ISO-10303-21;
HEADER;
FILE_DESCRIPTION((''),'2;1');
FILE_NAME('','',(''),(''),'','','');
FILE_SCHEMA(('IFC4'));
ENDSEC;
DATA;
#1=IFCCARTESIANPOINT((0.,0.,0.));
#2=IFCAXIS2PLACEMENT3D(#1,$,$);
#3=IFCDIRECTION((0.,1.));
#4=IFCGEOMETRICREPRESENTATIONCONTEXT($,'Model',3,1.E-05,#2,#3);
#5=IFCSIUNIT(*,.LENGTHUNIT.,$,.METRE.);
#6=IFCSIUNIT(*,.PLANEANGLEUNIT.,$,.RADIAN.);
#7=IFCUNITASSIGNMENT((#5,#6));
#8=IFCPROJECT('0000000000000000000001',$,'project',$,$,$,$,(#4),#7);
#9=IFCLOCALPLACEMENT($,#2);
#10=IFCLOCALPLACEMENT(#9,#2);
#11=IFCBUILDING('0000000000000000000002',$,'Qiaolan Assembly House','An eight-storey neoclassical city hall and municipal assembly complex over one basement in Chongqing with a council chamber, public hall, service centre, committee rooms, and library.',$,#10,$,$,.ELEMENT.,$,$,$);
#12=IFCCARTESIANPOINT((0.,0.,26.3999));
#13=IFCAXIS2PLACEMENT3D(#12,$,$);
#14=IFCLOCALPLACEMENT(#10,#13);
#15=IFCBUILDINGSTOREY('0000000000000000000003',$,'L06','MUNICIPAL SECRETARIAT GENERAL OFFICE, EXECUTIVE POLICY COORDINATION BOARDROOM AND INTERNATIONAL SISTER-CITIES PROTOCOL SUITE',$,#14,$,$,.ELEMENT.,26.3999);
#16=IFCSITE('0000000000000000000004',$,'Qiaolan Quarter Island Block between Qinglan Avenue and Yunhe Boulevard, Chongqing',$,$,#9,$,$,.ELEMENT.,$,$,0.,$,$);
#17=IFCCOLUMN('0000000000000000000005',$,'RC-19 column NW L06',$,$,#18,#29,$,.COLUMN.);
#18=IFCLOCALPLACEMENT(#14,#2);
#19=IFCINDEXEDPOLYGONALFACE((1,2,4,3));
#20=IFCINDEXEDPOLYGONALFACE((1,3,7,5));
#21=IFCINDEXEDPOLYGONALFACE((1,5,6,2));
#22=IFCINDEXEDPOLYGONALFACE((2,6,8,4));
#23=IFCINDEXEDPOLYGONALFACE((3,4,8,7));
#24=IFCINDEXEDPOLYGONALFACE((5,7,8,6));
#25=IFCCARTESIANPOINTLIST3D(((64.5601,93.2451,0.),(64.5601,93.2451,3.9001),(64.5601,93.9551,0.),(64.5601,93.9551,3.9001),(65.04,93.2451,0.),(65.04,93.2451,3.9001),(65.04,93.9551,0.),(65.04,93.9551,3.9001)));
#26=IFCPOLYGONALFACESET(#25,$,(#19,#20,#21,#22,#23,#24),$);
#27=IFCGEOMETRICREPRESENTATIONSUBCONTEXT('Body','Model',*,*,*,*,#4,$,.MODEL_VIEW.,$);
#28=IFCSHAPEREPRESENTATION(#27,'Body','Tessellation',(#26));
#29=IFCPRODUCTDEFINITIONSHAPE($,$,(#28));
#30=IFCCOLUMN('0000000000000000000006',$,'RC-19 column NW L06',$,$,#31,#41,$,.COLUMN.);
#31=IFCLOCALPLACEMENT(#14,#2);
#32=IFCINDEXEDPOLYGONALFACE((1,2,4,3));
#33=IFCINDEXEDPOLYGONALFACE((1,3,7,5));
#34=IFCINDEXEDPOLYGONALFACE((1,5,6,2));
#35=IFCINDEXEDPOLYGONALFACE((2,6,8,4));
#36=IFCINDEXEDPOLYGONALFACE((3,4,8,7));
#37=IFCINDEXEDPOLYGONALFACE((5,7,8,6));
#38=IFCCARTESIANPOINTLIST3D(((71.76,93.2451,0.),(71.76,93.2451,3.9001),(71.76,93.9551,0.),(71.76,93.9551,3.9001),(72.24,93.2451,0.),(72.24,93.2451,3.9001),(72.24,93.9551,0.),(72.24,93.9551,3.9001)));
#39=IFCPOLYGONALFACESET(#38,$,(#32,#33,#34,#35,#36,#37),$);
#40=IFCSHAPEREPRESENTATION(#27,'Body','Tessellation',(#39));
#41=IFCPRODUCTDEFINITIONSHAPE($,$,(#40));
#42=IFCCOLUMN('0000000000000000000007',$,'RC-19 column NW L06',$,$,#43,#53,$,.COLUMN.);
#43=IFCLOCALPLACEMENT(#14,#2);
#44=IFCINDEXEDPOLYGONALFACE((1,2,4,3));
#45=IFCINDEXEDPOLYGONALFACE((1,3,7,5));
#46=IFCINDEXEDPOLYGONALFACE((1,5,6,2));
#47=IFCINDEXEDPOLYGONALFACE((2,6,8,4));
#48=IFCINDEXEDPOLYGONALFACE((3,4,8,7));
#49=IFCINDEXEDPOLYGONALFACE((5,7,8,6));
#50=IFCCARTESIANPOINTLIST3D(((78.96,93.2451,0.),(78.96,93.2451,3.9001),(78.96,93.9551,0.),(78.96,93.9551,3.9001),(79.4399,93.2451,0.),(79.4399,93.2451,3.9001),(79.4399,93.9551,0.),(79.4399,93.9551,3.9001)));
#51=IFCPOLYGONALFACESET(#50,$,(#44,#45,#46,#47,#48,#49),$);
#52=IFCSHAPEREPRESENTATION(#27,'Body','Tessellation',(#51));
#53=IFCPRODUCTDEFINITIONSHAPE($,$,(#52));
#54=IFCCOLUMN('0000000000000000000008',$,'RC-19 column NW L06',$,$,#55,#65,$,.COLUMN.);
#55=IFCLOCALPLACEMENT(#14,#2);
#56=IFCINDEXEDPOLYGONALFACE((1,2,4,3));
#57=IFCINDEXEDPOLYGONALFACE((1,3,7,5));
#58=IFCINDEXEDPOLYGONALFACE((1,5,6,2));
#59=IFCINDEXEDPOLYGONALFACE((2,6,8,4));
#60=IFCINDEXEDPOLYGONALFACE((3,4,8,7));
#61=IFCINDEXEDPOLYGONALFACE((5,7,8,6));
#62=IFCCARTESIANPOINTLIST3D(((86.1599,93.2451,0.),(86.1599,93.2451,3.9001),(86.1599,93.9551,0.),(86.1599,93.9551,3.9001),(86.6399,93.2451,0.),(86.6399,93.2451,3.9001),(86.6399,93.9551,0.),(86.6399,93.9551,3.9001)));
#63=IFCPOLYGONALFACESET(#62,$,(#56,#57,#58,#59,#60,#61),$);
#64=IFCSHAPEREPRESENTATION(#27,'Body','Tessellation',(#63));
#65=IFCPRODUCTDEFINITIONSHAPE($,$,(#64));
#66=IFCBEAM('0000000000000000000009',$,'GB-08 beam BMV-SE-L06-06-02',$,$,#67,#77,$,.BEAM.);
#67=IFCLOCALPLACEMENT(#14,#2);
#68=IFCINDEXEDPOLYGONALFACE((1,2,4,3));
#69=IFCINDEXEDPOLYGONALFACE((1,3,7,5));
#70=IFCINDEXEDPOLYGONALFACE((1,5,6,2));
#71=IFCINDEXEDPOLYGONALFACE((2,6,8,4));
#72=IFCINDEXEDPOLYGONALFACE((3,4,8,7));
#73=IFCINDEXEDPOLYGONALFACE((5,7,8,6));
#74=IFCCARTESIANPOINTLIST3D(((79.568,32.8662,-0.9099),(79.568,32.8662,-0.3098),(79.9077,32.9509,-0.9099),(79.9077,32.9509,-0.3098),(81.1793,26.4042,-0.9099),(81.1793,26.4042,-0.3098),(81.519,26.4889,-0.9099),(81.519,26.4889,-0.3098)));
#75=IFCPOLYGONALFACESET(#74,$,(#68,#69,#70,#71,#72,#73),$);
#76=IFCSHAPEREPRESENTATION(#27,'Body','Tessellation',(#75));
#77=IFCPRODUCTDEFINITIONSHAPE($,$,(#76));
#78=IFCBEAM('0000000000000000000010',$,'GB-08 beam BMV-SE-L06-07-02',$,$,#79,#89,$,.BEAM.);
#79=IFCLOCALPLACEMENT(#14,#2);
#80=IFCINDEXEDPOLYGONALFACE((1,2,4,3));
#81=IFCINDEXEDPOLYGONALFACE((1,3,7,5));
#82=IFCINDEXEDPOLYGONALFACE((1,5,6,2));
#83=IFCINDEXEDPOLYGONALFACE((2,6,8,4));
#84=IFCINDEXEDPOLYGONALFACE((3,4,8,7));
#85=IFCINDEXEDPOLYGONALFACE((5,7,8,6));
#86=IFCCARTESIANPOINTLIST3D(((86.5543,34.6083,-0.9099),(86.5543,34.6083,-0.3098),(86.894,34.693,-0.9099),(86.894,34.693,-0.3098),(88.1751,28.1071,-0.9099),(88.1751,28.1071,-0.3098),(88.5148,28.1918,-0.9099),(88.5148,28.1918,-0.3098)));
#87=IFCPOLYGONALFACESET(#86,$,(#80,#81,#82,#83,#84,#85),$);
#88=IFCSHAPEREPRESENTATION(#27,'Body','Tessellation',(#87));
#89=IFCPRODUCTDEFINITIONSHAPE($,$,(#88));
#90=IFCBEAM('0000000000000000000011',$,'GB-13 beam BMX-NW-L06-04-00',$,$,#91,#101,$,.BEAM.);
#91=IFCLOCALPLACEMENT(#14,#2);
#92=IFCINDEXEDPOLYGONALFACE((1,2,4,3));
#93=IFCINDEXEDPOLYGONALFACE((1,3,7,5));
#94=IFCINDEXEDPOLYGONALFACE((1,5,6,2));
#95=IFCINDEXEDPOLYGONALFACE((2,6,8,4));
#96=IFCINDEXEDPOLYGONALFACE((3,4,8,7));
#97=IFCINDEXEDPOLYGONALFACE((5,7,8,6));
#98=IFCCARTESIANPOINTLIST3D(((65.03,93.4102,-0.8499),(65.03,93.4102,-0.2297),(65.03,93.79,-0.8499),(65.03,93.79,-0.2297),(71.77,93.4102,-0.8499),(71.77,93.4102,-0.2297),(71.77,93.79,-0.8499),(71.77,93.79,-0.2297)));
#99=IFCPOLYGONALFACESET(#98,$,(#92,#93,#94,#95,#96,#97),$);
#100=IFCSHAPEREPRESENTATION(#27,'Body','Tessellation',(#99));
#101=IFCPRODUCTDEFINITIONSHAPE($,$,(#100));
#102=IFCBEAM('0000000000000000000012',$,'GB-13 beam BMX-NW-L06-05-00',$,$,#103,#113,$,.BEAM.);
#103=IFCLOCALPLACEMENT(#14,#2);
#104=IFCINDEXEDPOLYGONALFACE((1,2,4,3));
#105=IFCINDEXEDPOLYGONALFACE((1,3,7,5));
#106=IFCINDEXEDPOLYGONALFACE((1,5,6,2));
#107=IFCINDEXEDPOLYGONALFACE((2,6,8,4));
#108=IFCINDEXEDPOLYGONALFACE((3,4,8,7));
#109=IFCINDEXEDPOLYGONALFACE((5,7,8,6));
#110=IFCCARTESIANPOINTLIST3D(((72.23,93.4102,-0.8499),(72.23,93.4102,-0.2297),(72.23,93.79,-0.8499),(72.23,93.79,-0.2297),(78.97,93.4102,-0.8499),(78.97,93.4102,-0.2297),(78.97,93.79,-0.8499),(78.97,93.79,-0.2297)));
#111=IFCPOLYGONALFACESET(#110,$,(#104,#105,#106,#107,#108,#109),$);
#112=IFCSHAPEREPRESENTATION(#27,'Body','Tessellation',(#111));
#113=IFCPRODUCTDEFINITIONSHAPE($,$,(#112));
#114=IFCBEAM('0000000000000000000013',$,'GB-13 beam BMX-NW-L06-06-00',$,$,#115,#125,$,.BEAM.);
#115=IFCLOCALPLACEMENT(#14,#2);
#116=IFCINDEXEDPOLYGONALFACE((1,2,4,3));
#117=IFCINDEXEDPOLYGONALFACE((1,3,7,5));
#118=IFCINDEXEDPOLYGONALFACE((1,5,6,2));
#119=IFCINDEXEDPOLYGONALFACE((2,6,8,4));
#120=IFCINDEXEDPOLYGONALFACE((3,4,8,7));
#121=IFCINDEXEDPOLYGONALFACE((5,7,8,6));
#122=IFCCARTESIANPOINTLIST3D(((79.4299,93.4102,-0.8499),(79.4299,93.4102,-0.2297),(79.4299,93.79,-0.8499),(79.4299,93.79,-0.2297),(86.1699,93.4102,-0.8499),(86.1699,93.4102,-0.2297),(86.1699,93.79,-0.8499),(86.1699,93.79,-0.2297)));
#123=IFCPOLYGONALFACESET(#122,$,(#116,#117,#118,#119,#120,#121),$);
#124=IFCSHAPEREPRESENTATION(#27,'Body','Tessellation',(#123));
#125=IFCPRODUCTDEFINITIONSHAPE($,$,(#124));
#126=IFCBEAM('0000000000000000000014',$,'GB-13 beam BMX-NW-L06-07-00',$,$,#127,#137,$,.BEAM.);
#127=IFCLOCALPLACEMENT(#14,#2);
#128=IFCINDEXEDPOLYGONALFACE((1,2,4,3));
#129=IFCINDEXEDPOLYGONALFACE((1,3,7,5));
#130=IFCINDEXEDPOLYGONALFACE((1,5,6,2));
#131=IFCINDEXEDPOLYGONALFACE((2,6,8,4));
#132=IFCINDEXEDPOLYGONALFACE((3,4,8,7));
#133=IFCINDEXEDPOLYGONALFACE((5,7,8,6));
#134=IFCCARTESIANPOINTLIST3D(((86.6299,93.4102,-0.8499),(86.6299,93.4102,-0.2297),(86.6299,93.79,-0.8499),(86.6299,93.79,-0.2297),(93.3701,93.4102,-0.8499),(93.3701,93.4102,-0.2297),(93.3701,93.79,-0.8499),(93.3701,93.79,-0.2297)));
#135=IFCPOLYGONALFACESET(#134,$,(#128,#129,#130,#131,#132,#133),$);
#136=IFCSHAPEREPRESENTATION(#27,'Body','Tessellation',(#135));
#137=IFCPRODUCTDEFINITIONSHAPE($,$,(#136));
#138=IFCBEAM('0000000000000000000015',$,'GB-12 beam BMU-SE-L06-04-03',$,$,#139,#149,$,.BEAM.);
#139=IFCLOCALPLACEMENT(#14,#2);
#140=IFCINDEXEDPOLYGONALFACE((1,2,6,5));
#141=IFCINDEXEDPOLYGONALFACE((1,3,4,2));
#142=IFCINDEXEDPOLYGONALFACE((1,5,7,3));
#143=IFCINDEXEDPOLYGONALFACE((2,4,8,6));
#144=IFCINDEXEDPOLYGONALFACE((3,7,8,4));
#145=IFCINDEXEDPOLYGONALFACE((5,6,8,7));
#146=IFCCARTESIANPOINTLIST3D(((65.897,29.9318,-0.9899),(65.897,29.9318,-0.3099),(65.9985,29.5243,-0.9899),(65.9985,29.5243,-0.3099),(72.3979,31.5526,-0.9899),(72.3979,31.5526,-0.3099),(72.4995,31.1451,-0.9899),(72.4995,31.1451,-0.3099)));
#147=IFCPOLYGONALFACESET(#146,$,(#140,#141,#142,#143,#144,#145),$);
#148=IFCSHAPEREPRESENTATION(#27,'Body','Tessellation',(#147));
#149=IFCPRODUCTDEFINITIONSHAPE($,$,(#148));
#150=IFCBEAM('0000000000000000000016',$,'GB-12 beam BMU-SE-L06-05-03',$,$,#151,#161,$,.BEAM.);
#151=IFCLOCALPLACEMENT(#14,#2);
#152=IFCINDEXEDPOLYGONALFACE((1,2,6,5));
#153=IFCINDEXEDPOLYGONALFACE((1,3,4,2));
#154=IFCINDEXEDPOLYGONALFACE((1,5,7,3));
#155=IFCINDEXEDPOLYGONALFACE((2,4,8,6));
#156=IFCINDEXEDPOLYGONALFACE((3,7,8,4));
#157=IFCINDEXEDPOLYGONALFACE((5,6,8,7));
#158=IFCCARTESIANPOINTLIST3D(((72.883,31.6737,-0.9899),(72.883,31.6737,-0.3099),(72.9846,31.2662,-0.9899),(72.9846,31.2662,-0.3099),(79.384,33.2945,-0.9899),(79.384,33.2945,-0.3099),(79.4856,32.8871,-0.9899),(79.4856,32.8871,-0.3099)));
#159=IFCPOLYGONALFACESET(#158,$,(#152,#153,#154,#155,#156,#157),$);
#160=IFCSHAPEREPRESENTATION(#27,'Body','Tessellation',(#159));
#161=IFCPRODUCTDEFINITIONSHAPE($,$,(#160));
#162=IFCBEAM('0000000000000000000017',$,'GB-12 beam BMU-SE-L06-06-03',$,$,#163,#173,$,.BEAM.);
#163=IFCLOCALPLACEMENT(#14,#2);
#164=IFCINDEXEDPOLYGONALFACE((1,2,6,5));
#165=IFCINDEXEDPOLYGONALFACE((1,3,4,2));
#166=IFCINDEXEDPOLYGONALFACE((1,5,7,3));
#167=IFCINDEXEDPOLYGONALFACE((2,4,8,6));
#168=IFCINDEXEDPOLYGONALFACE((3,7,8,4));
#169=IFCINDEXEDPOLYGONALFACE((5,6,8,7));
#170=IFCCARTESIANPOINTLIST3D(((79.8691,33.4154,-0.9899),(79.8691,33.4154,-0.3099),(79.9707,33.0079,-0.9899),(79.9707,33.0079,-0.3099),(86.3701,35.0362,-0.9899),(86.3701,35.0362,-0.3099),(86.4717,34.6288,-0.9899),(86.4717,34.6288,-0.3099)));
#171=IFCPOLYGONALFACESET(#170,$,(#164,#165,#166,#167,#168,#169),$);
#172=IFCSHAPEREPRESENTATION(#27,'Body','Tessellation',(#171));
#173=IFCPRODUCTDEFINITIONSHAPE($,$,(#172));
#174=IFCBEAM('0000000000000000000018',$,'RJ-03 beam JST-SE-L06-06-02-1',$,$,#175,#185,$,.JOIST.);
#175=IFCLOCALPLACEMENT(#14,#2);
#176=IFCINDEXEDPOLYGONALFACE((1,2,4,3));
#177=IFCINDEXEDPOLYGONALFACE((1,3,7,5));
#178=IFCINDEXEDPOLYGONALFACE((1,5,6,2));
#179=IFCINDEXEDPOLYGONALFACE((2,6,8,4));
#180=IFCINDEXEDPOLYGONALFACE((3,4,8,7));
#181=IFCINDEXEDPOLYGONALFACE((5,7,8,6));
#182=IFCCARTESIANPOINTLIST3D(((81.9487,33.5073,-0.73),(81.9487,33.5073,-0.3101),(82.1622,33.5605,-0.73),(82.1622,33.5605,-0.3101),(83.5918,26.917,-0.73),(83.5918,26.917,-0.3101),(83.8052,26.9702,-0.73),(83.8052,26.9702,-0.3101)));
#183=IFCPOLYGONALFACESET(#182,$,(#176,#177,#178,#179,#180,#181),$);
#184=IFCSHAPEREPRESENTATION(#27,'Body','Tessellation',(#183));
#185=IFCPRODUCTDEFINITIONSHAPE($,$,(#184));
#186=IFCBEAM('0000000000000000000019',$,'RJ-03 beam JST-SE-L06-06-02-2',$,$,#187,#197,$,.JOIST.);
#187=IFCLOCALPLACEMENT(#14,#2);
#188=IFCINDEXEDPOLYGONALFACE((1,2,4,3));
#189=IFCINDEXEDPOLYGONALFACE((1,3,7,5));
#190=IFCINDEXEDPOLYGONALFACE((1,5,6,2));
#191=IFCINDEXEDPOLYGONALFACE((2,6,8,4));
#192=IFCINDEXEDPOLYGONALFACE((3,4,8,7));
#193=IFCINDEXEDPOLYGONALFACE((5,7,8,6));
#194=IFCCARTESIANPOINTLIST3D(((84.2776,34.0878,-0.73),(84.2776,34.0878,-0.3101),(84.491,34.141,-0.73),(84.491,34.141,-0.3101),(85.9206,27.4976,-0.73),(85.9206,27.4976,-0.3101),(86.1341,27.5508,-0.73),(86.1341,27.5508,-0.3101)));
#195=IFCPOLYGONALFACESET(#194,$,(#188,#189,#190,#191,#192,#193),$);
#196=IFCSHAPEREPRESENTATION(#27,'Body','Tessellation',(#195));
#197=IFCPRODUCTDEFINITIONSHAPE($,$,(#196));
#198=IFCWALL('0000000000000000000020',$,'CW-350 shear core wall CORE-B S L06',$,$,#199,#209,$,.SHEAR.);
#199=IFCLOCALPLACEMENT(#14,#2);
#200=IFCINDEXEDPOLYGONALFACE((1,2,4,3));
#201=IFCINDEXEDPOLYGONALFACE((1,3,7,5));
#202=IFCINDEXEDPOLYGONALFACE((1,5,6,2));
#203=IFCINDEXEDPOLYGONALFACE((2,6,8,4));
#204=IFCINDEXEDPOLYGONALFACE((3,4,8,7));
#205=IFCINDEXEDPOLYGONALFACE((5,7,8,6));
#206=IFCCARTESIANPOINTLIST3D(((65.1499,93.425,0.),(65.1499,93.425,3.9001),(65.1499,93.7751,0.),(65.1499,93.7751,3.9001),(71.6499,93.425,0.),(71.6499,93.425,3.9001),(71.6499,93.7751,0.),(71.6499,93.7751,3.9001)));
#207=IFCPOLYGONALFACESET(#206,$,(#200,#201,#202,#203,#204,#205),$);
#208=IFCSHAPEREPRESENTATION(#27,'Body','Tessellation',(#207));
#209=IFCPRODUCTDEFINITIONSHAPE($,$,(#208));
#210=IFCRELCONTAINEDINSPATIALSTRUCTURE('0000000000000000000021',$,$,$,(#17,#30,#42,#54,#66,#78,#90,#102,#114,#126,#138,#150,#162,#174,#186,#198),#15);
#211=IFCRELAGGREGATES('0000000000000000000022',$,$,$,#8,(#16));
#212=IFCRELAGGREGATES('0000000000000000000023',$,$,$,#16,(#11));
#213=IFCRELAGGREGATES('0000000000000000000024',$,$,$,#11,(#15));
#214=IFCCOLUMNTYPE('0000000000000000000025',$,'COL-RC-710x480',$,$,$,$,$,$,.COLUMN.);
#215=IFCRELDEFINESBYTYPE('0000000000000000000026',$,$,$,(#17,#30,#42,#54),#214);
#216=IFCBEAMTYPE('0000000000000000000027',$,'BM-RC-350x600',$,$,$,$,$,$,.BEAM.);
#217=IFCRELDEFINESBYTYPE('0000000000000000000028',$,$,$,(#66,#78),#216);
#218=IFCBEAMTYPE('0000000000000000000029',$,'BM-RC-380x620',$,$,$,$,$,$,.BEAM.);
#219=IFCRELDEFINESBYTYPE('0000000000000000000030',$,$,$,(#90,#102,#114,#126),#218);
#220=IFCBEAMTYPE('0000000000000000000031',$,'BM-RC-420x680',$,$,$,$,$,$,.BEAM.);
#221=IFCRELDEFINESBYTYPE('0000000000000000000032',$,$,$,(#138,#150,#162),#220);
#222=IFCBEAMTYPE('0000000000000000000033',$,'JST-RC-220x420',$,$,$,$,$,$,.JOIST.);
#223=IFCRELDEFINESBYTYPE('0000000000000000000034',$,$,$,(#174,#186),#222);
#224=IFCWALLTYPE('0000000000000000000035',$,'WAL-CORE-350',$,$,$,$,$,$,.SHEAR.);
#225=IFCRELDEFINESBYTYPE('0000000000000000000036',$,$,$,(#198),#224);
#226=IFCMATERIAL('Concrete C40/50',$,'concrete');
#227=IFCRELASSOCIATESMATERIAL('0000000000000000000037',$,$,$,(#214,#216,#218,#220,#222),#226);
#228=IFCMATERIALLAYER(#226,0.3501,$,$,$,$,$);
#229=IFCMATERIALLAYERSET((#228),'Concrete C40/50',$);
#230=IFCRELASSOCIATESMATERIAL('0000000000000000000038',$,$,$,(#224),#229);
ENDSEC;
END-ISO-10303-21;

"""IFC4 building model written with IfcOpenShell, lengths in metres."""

from ifc_helpers import new_model, si_unit, direction, frame, frame_2d, origin, origin_2d, place, context, subcontext, project, spatial, rectangle, extrude, material, layer, layer_set, material_profile, profile_set, type_object, element, save


model = new_model("IFC4")

# Units and contexts
model_context = context("Model", 3, precision=1e-05, world=origin(), true_north=direction((0.0, 1.0)))
body_context = subcontext(model_context, "Body", "Model", "MODEL_VIEW")
ifc_project = project(units=[si_unit("LENGTHUNIT", "METRE"), si_unit("PLANEANGLEUNIT", "RADIAN")], contexts=[model_context])

# Site, building, storey
site_placement = place(None, origin())
site = spatial("IfcSite", under=ifc_project, at=site_placement, Name="Qiaolan Quarter Island Block between Qinglan Avenue and Yunhe Boulevard, Chongqing", CompositionType="ELEMENT", RefElevation=0.0)
building_placement = place(site_placement, origin())
building = spatial("IfcBuilding", under=site, at=building_placement, Name="Qiaolan Assembly House", Description="An eight-storey neoclassical city hall and municipal assembly complex over one basement in Chongqing with a council chamber, public hall, service centre, committee rooms, and library.", CompositionType="ELEMENT")
storey_placement = place(building_placement, frame((0.0, 0.0, 26.3999)))
storey = spatial("IfcBuildingStorey", under=building, at=storey_placement, Name="L06", Description="MUNICIPAL SECRETARIAT GENERAL OFFICE, EXECUTIVE POLICY COORDINATION BOARDROOM AND INTERNATIONAL SISTER-CITIES PROTOCOL SUITE", CompositionType="ELEMENT", Elevation=26.3999)

# Columns
ifc_material_1 = material(Name="Concrete C40/50", Category="concrete")
ifc_material_profile_1 = material_profile(ifc_material_1, rectangle(XDim=0.48, YDim=0.71, at=origin_2d()), Name="RC 710x480")
ifc_profile_set_1 = profile_set([ifc_material_profile_1], Name="Concrete C40/50")
column_type = type_object("IfcColumnType", Name="COL-RC-710x480", PredefinedType="COLUMN", material=ifc_profile_set_1)
for number, where, z_axis, x_axis, name in (
    (1, (64.8, 93.6001, 0.0), (0.0, 0.0, 1.0), (1.0, 0.0, 0.0), "RC-19 column NW L06"),
    (2, (72.0, 93.6001, 0.0), (0.0, 0.0, 1.0), (1.0, 0.0, 0.0), "RC-19 column NW L06"),
    (3, (79.2, 93.6001, 0.0), (0.0, 0.0, 1.0), (1.0, 0.0, 0.0), "RC-19 column NW L06"),
    (4, (86.3999, 93.6001, 0.0), (0.0, 0.0, 1.0), (1.0, 0.0, 0.0), "RC-19 column NW L06"),
):
    element("IfcColumn", number, at=place(storey_placement, frame(where, z_axis=z_axis, x_axis=x_axis)), inside=storey, type_object=column_type, Name=name, PredefinedType="COLUMN", context=body_context, shape_type="SweptSolid", body=[
        extrude(rectangle(XDim=0.48, YDim=0.71, at=origin_2d()), origin(), (0.0, 0.0, 1.0), 3.9001),
    ])

# Beams
ifc_material_profile_2 = material_profile(ifc_material_1, rectangle(XDim=0.3501, YDim=0.6001, at=origin_2d()), Name="RCB 350x600")
ifc_profile_set_2 = profile_set([ifc_material_profile_2], Name="Concrete C40/50")
beam_type_1 = type_object("IfcBeamType", Name="BM-RC-350x600", PredefinedType="BEAM", material=ifc_profile_set_2)
beam_1_placement = place(storey_placement, frame((81.3491, 26.4465, -0.6099), z_axis=(-0.24194, 0.970291, 0.0), x_axis=(-0.970291, -0.24194, 0.0)))
element("IfcBeam", 5, at=beam_1_placement, inside=storey, type_object=beam_type_1, Name="GB-08 beam BMV-SE-L06-06-02", PredefinedType="BEAM", context=body_context, shape_type="SweptSolid", body=[
    extrude(rectangle(XDim=0.3501, YDim=0.6001, at=origin_2d()), origin(), (0.0, 0.0, 1.0), 6.6599),
])
beam_2_placement = place(storey_placement, frame((88.345, 28.1494, -0.6099), z_axis=(-0.24191, 0.970299, 0.0), x_axis=(-0.970299, -0.24191, 0.0)))
element("IfcBeam", 6, at=beam_2_placement, inside=storey, type_object=beam_type_1, Name="GB-08 beam BMV-SE-L06-07-02", PredefinedType="BEAM", context=body_context, shape_type="SweptSolid", body=[
    extrude(rectangle(XDim=0.3501, YDim=0.6001, at=origin_2d()), origin(), (0.0, 0.0, 1.0), 6.7002),
])
ifc_material_profile_3 = material_profile(ifc_material_1, rectangle(XDim=0.3799, YDim=0.6201, at=origin_2d()), Name="RCB 380x620")
ifc_profile_set_3 = profile_set([ifc_material_profile_3], Name="Concrete C40/50")
beam_type_2 = type_object("IfcBeamType", Name="BM-RC-380x620", PredefinedType="BEAM", material=ifc_profile_set_3)
for number, where, z_axis, x_axis, name in (
    (7, (65.03, 93.6001, -0.5398), (1.0, 0.0, 0.0), (0.0, 1.0, 0.0), "GB-13 beam BMX-NW-L06-04-00"),
    (8, (72.23, 93.6001, -0.5398), (1.0, 0.0, 0.0), (0.0, 1.0, 0.0), "GB-13 beam BMX-NW-L06-05-00"),
    (9, (79.4299, 93.6001, -0.5398), (1.0, 0.0, 0.0), (0.0, 1.0, 0.0), "GB-13 beam BMX-NW-L06-06-00"),
):
    element("IfcBeam", number, at=place(storey_placement, frame(where, z_axis=z_axis, x_axis=x_axis)), inside=storey, type_object=beam_type_2, Name=name, PredefinedType="BEAM", context=body_context, shape_type="SweptSolid", body=[
        extrude(rectangle(XDim=0.3799, YDim=0.6201, at=origin_2d()), origin(), (0.0, 0.0, 1.0), 6.74),
    ])
beam_3_placement = place(storey_placement, frame((86.6299, 93.6001, -0.5398), z_axis=(1.0, 0.0, 0.0), x_axis=(0.0, 1.0, 0.0)))
element("IfcBeam", 10, at=beam_3_placement, inside=storey, type_object=beam_type_2, Name="GB-13 beam BMX-NW-L06-07-00", PredefinedType="BEAM", context=body_context, shape_type="SweptSolid", body=[
    extrude(rectangle(XDim=0.3799, YDim=0.6201, at=origin_2d()), origin(), (0.0, 0.0, 1.0), 6.7402),
])
ifc_material_profile_4 = material_profile(ifc_material_1, rectangle(XDim=0.4199, YDim=0.6799, at=origin_2d()), Name="RCB 420x680")
ifc_profile_set_4 = profile_set([ifc_material_profile_4], Name="Concrete C40/50")
beam_type_3 = type_object("IfcBeamType", Name="BM-RC-420x680", PredefinedType="BEAM", material=ifc_profile_set_4)
for number, where, z_axis, x_axis, name in (
    (11, (65.9478, 29.728, -0.6499), (0.970297, 0.241918, 0.0), (-0.241918, 0.970297, 0.0), "GB-12 beam BMU-SE-L06-04-03"),
    (12, (72.9338, 31.47, -0.6499), (0.970297, 0.241918, 0.0), (-0.241918, 0.970297, 0.0), "GB-12 beam BMU-SE-L06-05-03"),
    (13, (79.9199, 33.2117, -0.6499), (0.970297, 0.241918, 0.0), (-0.241918, 0.970297, 0.0), "GB-12 beam BMU-SE-L06-06-03"),
):
    element("IfcBeam", number, at=place(storey_placement, frame(where, z_axis=z_axis, x_axis=x_axis)), inside=storey, type_object=beam_type_3, Name=name, PredefinedType="BEAM", context=body_context, shape_type="SweptSolid", body=[
        extrude(rectangle(XDim=0.4199, YDim=0.6799, at=origin_2d()), origin(), (0.0, 0.0, 1.0), 6.7),
    ])
ifc_material_profile_5 = material_profile(ifc_material_1, rectangle(XDim=0.22, YDim=0.4199, at=origin_2d()), Name="RCB 220x420")
ifc_profile_set_5 = profile_set([ifc_material_profile_5], Name="Concrete C40/50")
beam_type_4 = type_object("IfcBeamType", Name="JST-RC-220x420", PredefinedType="JOIST", material=ifc_profile_set_5)
for number, where, z_axis, x_axis, name in (
    (14, (83.6985, 26.9436, -0.52), (-0.24191, 0.970299, 0.0), (-0.970299, -0.24191, 0.0), "RJ-03 beam JST-SE-L06-06-02-1"),
    (15, (86.0273, 27.5242, -0.52), (-0.24191, 0.970299, 0.0), (-0.970299, -0.24191, 0.0), "RJ-03 beam JST-SE-L06-06-02-2"),
):
    element("IfcBeam", number, at=place(storey_placement, frame(where, z_axis=z_axis, x_axis=x_axis)), inside=storey, type_object=beam_type_4, Name=name, PredefinedType="JOIST", context=body_context, shape_type="SweptSolid", body=[
        extrude(rectangle(XDim=0.22, YDim=0.4199, at=origin_2d()), origin(), (0.0, 0.0, 1.0), 6.792),
    ])

# Wall
ifc_layer_1 = layer(ifc_material_1, 0.3501)
ifc_layer_set_1 = layer_set([ifc_layer_1], Name="Concrete C40/50")
wall_type_1 = type_object("IfcWallType", Name="WAL-CORE-350", PredefinedType="SHEAR", material=ifc_layer_set_1)
wall_1_placement = place(storey_placement, frame((65.1499, 93.6001, 0.0), z_axis=(0.0, 0.0, 1.0), x_axis=(1.0, 0.0, 0.0)))
element("IfcWall", 16, at=wall_1_placement, inside=storey, type_object=wall_type_1, Name="CW-350 shear core wall CORE-B S L06", PredefinedType="SHEAR", context=body_context, shape_type="SweptSolid", body=[
    extrude(rectangle(XDim=6.5, YDim=0.3501, at=frame_2d((3.25, 0.0))), origin(), (0.0, 0.0, 1.0), 3.9001),
])

save(model, "model.ifc")
